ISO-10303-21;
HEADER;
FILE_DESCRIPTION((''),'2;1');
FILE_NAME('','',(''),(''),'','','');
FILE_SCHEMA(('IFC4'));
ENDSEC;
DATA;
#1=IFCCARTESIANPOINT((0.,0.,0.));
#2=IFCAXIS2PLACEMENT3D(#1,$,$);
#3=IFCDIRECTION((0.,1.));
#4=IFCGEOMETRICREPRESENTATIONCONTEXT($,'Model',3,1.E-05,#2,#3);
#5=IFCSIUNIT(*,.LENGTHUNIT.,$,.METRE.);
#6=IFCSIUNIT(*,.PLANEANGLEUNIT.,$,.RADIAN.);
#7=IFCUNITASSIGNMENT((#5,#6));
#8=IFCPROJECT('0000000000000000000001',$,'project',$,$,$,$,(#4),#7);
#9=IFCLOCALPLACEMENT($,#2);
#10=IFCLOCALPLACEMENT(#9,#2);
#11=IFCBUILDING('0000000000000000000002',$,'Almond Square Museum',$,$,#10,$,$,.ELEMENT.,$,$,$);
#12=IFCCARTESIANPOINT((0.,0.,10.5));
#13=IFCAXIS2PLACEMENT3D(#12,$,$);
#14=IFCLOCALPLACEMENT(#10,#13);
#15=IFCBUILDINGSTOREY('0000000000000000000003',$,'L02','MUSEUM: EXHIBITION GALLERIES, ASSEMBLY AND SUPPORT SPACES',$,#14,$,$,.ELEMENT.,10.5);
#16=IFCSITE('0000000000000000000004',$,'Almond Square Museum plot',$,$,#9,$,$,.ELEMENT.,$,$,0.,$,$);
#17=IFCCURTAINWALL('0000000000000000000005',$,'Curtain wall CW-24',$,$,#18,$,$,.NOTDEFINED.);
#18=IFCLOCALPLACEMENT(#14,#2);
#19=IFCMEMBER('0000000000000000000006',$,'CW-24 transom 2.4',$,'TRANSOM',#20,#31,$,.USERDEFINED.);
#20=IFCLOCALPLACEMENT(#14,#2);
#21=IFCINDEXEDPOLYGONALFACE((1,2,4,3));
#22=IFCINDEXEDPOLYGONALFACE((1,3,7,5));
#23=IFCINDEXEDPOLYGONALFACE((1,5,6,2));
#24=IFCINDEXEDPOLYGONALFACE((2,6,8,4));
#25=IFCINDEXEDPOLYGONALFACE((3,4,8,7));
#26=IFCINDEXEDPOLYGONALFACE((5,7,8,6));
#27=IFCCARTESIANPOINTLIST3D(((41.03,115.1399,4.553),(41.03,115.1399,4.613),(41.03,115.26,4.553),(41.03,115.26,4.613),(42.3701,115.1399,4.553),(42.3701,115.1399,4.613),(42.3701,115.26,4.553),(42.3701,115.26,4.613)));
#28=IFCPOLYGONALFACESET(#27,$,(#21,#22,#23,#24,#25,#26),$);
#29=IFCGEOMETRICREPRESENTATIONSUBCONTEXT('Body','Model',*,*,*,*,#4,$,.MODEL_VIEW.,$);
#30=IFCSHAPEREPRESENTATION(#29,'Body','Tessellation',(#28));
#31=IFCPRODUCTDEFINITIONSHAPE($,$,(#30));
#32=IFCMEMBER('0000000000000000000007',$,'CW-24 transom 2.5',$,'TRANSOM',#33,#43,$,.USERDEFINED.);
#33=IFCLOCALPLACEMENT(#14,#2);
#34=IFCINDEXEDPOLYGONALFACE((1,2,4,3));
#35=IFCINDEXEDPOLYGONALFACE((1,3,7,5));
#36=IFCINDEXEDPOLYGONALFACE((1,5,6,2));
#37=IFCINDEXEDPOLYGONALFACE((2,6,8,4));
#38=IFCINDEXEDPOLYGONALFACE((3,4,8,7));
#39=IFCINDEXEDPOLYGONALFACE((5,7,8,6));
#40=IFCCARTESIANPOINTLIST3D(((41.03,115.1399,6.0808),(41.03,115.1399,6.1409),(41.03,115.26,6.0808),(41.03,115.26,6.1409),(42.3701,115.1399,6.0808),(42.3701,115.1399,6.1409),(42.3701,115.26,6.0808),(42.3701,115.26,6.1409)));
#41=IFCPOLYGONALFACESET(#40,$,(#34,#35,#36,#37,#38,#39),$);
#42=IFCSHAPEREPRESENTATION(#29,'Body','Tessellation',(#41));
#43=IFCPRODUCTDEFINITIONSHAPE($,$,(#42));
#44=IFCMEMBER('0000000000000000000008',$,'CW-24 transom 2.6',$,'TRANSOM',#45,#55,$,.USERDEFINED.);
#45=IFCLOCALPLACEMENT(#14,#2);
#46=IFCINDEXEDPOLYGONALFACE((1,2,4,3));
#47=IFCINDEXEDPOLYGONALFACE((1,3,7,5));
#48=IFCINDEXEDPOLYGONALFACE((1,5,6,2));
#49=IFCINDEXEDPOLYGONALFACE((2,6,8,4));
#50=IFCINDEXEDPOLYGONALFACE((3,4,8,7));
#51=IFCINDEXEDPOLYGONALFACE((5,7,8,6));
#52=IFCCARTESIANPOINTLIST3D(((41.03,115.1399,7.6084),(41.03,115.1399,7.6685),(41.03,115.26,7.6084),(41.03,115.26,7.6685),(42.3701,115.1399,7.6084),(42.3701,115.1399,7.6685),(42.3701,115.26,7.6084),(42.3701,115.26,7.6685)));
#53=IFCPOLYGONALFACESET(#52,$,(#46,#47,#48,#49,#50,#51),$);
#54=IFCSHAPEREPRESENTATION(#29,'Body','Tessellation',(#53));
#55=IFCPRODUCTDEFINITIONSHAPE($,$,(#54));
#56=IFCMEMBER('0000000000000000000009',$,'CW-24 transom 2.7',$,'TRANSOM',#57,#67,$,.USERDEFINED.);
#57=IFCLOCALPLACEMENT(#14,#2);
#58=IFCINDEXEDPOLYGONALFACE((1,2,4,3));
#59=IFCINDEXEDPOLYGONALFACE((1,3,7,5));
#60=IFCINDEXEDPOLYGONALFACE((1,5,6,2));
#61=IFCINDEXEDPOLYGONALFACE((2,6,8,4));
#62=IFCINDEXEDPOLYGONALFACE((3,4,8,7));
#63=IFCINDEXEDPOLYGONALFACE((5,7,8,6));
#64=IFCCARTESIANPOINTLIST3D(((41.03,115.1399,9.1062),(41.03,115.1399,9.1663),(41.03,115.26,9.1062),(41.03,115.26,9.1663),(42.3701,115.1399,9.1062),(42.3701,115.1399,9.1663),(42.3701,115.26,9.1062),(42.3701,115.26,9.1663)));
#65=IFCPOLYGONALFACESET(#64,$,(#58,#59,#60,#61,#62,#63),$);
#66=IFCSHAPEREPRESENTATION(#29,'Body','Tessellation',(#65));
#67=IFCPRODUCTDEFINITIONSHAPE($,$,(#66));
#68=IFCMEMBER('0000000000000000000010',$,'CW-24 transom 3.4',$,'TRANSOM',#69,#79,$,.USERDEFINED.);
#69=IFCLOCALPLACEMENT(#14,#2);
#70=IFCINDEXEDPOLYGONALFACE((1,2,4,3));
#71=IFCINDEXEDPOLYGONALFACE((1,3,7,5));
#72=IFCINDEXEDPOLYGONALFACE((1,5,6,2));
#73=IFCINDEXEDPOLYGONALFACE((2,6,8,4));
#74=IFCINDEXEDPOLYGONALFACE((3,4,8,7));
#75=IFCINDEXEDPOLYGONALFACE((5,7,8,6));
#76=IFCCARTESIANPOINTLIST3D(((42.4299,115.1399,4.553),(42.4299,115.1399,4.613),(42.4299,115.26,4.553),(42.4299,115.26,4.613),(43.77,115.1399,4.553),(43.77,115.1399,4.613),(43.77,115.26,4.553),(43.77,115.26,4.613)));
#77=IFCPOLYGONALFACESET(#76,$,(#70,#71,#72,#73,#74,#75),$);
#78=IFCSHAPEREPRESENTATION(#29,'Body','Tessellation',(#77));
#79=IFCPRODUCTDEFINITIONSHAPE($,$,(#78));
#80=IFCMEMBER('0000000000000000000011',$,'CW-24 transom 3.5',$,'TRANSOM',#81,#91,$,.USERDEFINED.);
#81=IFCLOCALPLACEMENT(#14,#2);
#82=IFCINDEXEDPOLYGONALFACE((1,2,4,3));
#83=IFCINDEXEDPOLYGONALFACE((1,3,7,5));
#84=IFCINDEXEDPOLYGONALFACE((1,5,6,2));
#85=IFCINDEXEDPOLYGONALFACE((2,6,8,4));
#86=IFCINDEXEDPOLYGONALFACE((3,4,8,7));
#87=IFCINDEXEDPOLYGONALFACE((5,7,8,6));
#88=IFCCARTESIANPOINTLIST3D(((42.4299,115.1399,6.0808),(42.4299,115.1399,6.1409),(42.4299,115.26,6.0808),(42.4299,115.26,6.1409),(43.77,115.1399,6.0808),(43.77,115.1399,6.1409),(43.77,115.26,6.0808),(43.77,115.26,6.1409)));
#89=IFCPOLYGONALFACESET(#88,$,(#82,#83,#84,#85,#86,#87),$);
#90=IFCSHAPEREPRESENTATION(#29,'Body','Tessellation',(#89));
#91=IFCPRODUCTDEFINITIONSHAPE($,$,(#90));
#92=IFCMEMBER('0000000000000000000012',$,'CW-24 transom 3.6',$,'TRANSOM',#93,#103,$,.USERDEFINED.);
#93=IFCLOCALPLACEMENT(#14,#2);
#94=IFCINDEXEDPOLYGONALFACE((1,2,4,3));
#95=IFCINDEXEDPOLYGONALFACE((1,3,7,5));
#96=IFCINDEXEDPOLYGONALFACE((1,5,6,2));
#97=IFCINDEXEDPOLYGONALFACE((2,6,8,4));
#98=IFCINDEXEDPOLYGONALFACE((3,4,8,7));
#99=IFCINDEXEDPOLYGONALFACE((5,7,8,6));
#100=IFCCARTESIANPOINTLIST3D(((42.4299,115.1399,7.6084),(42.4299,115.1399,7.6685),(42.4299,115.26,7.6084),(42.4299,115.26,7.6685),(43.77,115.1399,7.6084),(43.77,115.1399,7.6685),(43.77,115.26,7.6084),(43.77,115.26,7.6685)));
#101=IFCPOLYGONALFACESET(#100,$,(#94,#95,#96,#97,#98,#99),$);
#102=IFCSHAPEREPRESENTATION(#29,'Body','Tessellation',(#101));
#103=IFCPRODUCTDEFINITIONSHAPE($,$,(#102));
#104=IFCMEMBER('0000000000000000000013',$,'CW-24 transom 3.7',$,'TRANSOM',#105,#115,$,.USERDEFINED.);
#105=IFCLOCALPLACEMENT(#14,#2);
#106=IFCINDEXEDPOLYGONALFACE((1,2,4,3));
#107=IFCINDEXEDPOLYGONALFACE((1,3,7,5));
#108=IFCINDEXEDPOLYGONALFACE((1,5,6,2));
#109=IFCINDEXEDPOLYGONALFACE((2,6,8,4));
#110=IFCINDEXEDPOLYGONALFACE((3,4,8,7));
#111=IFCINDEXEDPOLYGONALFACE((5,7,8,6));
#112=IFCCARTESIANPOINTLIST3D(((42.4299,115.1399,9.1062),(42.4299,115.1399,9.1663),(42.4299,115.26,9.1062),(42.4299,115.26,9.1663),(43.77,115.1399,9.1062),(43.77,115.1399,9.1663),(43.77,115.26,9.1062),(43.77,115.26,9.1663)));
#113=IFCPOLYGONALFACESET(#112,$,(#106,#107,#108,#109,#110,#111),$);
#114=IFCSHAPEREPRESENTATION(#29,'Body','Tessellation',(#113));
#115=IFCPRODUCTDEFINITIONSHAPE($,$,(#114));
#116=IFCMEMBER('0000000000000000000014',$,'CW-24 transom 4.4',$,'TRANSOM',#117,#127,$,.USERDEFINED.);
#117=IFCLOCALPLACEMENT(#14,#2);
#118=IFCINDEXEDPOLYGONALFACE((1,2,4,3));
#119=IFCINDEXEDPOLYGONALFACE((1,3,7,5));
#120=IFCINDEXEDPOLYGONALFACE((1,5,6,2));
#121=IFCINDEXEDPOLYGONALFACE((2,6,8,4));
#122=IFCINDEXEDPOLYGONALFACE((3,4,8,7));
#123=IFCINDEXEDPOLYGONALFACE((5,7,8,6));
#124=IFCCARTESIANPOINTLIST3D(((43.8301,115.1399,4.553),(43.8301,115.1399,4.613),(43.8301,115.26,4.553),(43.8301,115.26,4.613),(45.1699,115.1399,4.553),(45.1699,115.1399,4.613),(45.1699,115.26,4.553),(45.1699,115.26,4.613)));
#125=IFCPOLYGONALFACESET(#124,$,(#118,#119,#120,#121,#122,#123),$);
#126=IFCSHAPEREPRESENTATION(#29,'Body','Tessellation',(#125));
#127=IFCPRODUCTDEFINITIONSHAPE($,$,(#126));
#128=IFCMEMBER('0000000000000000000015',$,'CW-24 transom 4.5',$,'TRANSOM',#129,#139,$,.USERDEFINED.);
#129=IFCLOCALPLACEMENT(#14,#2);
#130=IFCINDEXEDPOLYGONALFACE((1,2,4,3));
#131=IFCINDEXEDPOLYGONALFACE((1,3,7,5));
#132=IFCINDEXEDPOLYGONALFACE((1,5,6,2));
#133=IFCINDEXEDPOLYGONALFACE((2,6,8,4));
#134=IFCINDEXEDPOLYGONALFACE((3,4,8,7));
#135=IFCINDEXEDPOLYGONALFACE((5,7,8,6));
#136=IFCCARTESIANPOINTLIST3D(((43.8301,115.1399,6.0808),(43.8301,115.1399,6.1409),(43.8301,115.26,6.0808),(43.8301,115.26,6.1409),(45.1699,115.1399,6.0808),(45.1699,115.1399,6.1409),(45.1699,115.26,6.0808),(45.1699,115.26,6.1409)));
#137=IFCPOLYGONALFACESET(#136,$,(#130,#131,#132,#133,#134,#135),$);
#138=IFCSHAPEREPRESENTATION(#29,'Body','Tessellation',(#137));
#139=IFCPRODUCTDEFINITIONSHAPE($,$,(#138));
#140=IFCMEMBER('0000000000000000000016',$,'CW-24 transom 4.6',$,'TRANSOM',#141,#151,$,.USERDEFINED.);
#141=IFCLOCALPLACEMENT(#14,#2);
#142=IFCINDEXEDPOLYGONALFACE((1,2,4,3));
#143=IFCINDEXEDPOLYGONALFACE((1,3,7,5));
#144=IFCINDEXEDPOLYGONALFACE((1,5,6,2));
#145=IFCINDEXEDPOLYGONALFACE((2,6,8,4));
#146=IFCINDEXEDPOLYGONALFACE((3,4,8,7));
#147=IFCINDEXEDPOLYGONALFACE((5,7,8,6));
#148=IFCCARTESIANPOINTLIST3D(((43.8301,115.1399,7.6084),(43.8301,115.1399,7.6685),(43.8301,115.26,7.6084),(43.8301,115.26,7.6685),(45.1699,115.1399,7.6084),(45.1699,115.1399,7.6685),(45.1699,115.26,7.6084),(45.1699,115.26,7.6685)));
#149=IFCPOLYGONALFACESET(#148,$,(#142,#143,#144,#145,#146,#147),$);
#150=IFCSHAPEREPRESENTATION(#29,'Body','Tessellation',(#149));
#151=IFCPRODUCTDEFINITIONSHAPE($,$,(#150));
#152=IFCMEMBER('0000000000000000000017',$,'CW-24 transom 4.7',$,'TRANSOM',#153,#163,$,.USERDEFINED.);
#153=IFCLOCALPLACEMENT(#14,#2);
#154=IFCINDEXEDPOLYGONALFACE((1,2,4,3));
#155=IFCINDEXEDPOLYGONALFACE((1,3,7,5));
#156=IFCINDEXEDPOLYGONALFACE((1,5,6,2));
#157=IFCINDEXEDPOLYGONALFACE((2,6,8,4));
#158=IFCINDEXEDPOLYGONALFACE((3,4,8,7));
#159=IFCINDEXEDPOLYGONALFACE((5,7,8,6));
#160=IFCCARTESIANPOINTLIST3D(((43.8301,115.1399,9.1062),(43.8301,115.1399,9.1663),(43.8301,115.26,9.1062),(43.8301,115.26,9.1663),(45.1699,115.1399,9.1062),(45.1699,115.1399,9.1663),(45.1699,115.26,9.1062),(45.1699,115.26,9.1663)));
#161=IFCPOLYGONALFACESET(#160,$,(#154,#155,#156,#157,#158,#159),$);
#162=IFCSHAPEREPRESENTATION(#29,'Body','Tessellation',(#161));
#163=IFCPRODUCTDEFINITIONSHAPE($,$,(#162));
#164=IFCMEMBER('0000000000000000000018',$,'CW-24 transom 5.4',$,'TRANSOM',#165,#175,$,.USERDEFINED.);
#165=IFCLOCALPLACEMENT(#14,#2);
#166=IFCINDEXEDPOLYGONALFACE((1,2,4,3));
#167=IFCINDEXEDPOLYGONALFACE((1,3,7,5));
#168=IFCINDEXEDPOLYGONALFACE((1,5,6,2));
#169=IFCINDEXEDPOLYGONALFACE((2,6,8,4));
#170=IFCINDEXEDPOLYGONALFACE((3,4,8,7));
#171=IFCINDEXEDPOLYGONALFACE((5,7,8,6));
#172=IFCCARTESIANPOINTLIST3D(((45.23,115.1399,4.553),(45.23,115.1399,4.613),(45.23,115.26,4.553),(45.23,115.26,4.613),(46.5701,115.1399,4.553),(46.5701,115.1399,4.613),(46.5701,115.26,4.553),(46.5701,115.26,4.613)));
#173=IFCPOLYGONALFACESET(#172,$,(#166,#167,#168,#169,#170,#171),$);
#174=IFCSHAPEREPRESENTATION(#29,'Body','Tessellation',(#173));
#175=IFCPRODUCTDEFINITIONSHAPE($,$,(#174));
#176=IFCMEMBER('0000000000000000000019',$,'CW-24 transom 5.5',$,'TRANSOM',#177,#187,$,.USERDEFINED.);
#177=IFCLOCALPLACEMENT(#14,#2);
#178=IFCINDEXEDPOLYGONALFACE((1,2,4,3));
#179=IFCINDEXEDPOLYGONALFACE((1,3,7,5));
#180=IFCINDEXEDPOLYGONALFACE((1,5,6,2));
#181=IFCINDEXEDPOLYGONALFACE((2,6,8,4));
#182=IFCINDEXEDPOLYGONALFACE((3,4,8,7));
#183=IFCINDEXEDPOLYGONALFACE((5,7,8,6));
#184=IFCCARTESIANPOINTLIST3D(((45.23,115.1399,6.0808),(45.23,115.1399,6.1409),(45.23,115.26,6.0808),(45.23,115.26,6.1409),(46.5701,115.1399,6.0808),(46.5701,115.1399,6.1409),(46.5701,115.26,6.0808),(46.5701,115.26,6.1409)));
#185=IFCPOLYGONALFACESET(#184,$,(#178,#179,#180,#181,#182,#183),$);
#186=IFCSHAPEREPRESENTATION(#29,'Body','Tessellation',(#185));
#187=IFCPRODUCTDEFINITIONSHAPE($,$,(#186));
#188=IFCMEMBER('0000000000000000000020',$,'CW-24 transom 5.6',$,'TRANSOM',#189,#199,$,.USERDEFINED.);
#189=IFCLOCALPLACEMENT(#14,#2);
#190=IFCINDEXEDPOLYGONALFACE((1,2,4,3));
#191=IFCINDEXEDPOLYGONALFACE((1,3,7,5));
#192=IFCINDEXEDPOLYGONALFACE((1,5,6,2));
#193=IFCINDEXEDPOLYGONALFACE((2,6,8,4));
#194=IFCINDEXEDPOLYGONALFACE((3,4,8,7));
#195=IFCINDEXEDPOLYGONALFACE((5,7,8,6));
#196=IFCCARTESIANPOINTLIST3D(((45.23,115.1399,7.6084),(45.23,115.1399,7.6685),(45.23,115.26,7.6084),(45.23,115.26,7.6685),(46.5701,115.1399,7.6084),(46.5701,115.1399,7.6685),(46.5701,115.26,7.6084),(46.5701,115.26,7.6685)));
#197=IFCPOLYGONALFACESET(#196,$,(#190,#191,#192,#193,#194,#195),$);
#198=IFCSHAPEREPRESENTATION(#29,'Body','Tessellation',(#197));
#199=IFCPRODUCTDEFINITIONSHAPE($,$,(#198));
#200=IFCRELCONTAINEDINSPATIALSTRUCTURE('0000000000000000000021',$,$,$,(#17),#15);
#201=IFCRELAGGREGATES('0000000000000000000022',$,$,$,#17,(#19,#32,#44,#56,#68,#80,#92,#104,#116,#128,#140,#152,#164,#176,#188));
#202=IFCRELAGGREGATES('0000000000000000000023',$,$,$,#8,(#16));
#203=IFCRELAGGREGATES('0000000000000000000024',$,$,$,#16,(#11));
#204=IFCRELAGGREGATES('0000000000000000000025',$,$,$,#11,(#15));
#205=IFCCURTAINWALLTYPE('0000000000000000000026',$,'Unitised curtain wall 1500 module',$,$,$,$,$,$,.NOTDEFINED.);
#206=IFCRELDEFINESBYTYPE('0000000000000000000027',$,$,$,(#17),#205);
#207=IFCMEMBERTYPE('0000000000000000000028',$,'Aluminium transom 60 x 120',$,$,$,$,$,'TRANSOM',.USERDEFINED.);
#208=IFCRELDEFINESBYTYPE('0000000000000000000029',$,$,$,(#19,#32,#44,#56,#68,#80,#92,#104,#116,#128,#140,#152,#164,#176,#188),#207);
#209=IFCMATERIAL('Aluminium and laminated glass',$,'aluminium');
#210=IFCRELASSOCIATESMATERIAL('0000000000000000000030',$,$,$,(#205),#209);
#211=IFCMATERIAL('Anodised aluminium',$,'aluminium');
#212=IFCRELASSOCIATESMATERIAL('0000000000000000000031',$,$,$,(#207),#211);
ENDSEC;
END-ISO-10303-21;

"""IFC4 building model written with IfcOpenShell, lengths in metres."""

from ifc_helpers import new_model, si_unit, direction, frame, origin, origin_2d, place, context, subcontext, project, spatial, rectangle, extrude, material, material_profile, profile_set, type_object, element, aggregate, save


model = new_model("IFC4")

# Units and contexts
model_context = context("Model", 3, precision=1e-05, world=origin(), true_north=direction((0.0, 1.0)))
body_context = subcontext(model_context, "Body", "Model", "MODEL_VIEW")
ifc_project = project(units=[si_unit("LENGTHUNIT", "METRE"), si_unit("PLANEANGLEUNIT", "RADIAN")], contexts=[model_context])

# Site, building, storey
site_placement = place(None, origin())
site = spatial("IfcSite", under=ifc_project, at=site_placement, Name="Almond Square Museum plot", CompositionType="ELEMENT", RefElevation=0.0)
building_placement = place(site_placement, origin())
building = spatial("IfcBuilding", under=site, at=building_placement, Name="Almond Square Museum", CompositionType="ELEMENT")
storey_placement = place(building_placement, frame((0.0, 0.0, 10.5)))
storey = spatial("IfcBuildingStorey", under=building, at=storey_placement, Name="L02", Description="MUSEUM: EXHIBITION GALLERIES, ASSEMBLY AND SUPPORT SPACES", CompositionType="ELEMENT", Elevation=10.5)

# Curtain wall, members
ifc_material_1 = material(Name="Aluminium and laminated glass", Category="aluminium")
curtain_wall_type = type_object("IfcCurtainWallType", Name="Unitised curtain wall 1500 module", PredefinedType="NOTDEFINED", material=ifc_material_1)
curtain_wall_placement = place(storey_placement, origin())
curtain_wall = element("IfcCurtainWall", 1, at=curtain_wall_placement, inside=storey, type_object=curtain_wall_type, Name="Curtain wall CW-24", PredefinedType="NOTDEFINED")
ifc_material_2 = material(Name="Anodised aluminium", Category="aluminium")
ifc_material_profile = material_profile(ifc_material_2, rectangle(XDim=0.1201, YDim=0.0601, at=origin_2d()))
ifc_profile_set = profile_set([ifc_material_profile], Name="Anodised aluminium")
member_type = type_object("IfcMemberType", Name="Aluminium transom 60 x 120", ElementType="TRANSOM", PredefinedType="USERDEFINED", material=ifc_profile_set)
member_1_placement = place(storey_placement, frame((41.03, 115.2, 4.583), z_axis=(1.0, 0.0, 0.0), x_axis=(0.0, 1.0, 0.0)))
member_1 = element("IfcMember", 2, at=member_1_placement, type_object=member_type, Name="CW-24 transom 2.4", ObjectType="TRANSOM", PredefinedType="USERDEFINED", context=body_context, shape_type="SweptSolid", body=[
    extrude(rectangle(XDim=0.1201, YDim=0.0601, at=origin_2d()), origin(), (0.0, 0.0, 1.0), 1.3401),
])
member_2_placement = place(storey_placement, frame((41.03, 115.2, 6.1108), z_axis=(1.0, 0.0, 0.0), x_axis=(0.0, 1.0, 0.0)))
member_2 = element("IfcMember", 3, at=member_2_placement, type_object=member_type, Name="CW-24 transom 2.5", ObjectType="TRANSOM", PredefinedType="USERDEFINED", context=body_context, shape_type="SweptSolid", body=[
    extrude(rectangle(XDim=0.1201, YDim=0.0601, at=origin_2d()), origin(), (0.0, 0.0, 1.0), 1.3401),
])
member_3_placement = place(storey_placement, frame((41.03, 115.2, 7.6384), z_axis=(1.0, 0.0, 0.0), x_axis=(0.0, 1.0, 0.0)))
member_3 = element("IfcMember", 4, at=member_3_placement, type_object=member_type, Name="CW-24 transom 2.6", ObjectType="TRANSOM", PredefinedType="USERDEFINED", context=body_context, shape_type="SweptSolid", body=[
    extrude(rectangle(XDim=0.1201, YDim=0.0601, at=origin_2d()), origin(), (0.0, 0.0, 1.0), 1.3401),
])
member_4_placement = place(storey_placement, frame((41.03, 115.2, 9.1362), z_axis=(1.0, 0.0, 0.0), x_axis=(0.0, 1.0, 0.0)))
member_4 = element("IfcMember", 5, at=member_4_placement, type_object=member_type, Name="CW-24 transom 2.7", ObjectType="TRANSOM", PredefinedType="USERDEFINED", context=body_context, shape_type="SweptSolid", body=[
    extrude(rectangle(XDim=0.1201, YDim=0.0601, at=origin_2d()), origin(), (0.0, 0.0, 1.0), 1.3401),
])
member_5_placement = place(storey_placement, frame((42.4299, 115.2, 4.583), z_axis=(1.0, 0.0, 0.0), x_axis=(0.0, 1.0, 0.0)))
member_5 = element("IfcMember", 6, at=member_5_placement, type_object=member_type, Name="CW-24 transom 3.4", ObjectType="TRANSOM", PredefinedType="USERDEFINED", context=body_context, shape_type="SweptSolid", body=[
    extrude(rectangle(XDim=0.1201, YDim=0.0601, at=origin_2d()), origin(), (0.0, 0.0, 1.0), 1.3401),
])
member_6_placement = place(storey_placement, frame((42.4299, 115.2, 6.1108), z_axis=(1.0, 0.0, 0.0), x_axis=(0.0, 1.0, 0.0)))
member_6 = element("IfcMember", 7, at=member_6_placement, type_object=member_type, Name="CW-24 transom 3.5", ObjectType="TRANSOM", PredefinedType="USERDEFINED", context=body_context, shape_type="SweptSolid", body=[
    extrude(rectangle(XDim=0.1201, YDim=0.0601, at=origin_2d()), origin(), (0.0, 0.0, 1.0), 1.3401),
])
member_7_placement = place(storey_placement, frame((42.4299, 115.2, 7.6384), z_axis=(1.0, 0.0, 0.0), x_axis=(0.0, 1.0, 0.0)))
member_7 = element("IfcMember", 8, at=member_7_placement, type_object=member_type, Name="CW-24 transom 3.6", ObjectType="TRANSOM", PredefinedType="USERDEFINED", context=body_context, shape_type="SweptSolid", body=[
    extrude(rectangle(XDim=0.1201, YDim=0.0601, at=origin_2d()), origin(), (0.0, 0.0, 1.0), 1.3401),
])
member_8_placement = place(storey_placement, frame((42.4299, 115.2, 9.1362), z_axis=(1.0, 0.0, 0.0), x_axis=(0.0, 1.0, 0.0)))
member_8 = element("IfcMember", 9, at=member_8_placement, type_object=member_type, Name="CW-24 transom 3.7", ObjectType="TRANSOM", PredefinedType="USERDEFINED", context=body_context, shape_type="SweptSolid", body=[
    extrude(rectangle(XDim=0.1201, YDim=0.0601, at=origin_2d()), origin(), (0.0, 0.0, 1.0), 1.3401),
])
member_9_placement = place(storey_placement, frame((43.8301, 115.2, 4.583), z_axis=(1.0, 0.0, 0.0), x_axis=(0.0, 1.0, 0.0)))
member_9 = element("IfcMember", 10, at=member_9_placement, type_object=member_type, Name="CW-24 transom 4.4", ObjectType="TRANSOM", PredefinedType="USERDEFINED", context=body_context, shape_type="SweptSolid", body=[
    extrude(rectangle(XDim=0.1201, YDim=0.0601, at=origin_2d()), origin(), (0.0, 0.0, 1.0), 1.3398),
])
member_10_placement = place(storey_placement, frame((43.8301, 115.2, 6.1108), z_axis=(1.0, 0.0, 0.0), x_axis=(0.0, 1.0, 0.0)))
member_10 = element("IfcMember", 11, at=member_10_placement, type_object=member_type, Name="CW-24 transom 4.5", ObjectType="TRANSOM", PredefinedType="USERDEFINED", context=body_context, shape_type="SweptSolid", body=[
    extrude(rectangle(XDim=0.1201, YDim=0.0601, at=origin_2d()), origin(), (0.0, 0.0, 1.0), 1.3398),
])
member_11_placement = place(storey_placement, frame((43.8301, 115.2, 7.6384), z_axis=(1.0, 0.0, 0.0), x_axis=(0.0, 1.0, 0.0)))
member_11 = element("IfcMember", 12, at=member_11_placement, type_object=member_type, Name="CW-24 transom 4.6", ObjectType="TRANSOM", PredefinedType="USERDEFINED", context=body_context, shape_type="SweptSolid", body=[
    extrude(rectangle(XDim=0.1201, YDim=0.0601, at=origin_2d()), origin(), (0.0, 0.0, 1.0), 1.3398),
])
member_12_placement = place(storey_placement, frame((43.8301, 115.2, 9.1362), z_axis=(1.0, 0.0, 0.0), x_axis=(0.0, 1.0, 0.0)))
member_12 = element("IfcMember", 13, at=member_12_placement, type_object=member_type, Name="CW-24 transom 4.7", ObjectType="TRANSOM", PredefinedType="USERDEFINED", context=body_context, shape_type="SweptSolid", body=[
    extrude(rectangle(XDim=0.1201, YDim=0.0601, at=origin_2d()), origin(), (0.0, 0.0, 1.0), 1.3398),
])
member_13_placement = place(storey_placement, frame((45.23, 115.2, 4.583), z_axis=(1.0, 0.0, 0.0), x_axis=(0.0, 1.0, 0.0)))
member_13 = element("IfcMember", 14, at=member_13_placement, type_object=member_type, Name="CW-24 transom 5.4", ObjectType="TRANSOM", PredefinedType="USERDEFINED", context=body_context, shape_type="SweptSolid", body=[
    extrude(rectangle(XDim=0.1201, YDim=0.0601, at=origin_2d()), origin(), (0.0, 0.0, 1.0), 1.3401),
])
member_14_placement = place(storey_placement, frame((45.23, 115.2, 6.1108), z_axis=(1.0, 0.0, 0.0), x_axis=(0.0, 1.0, 0.0)))
member_14 = element("IfcMember", 15, at=member_14_placement, type_object=member_type, Name="CW-24 transom 5.5", ObjectType="TRANSOM", PredefinedType="USERDEFINED", context=body_context, shape_type="SweptSolid", body=[
    extrude(rectangle(XDim=0.1201, YDim=0.0601, at=origin_2d()), origin(), (0.0, 0.0, 1.0), 1.3401),
])
member_15_placement = place(storey_placement, frame((45.23, 115.2, 7.6384), z_axis=(1.0, 0.0, 0.0), x_axis=(0.0, 1.0, 0.0)))
member_15 = element("IfcMember", 16, at=member_15_placement, type_object=member_type, Name="CW-24 transom 5.6", ObjectType="TRANSOM", PredefinedType="USERDEFINED", context=body_context, shape_type="SweptSolid", body=[
    extrude(rectangle(XDim=0.1201, YDim=0.0601, at=origin_2d()), origin(), (0.0, 0.0, 1.0), 1.3401),
])
aggregate(curtain_wall, [member_1, member_2, member_3, member_4, member_5, member_6, member_7, member_8, member_9, member_10, member_11, member_12, member_13, member_14, member_15])

save(model, "model.ifc")
